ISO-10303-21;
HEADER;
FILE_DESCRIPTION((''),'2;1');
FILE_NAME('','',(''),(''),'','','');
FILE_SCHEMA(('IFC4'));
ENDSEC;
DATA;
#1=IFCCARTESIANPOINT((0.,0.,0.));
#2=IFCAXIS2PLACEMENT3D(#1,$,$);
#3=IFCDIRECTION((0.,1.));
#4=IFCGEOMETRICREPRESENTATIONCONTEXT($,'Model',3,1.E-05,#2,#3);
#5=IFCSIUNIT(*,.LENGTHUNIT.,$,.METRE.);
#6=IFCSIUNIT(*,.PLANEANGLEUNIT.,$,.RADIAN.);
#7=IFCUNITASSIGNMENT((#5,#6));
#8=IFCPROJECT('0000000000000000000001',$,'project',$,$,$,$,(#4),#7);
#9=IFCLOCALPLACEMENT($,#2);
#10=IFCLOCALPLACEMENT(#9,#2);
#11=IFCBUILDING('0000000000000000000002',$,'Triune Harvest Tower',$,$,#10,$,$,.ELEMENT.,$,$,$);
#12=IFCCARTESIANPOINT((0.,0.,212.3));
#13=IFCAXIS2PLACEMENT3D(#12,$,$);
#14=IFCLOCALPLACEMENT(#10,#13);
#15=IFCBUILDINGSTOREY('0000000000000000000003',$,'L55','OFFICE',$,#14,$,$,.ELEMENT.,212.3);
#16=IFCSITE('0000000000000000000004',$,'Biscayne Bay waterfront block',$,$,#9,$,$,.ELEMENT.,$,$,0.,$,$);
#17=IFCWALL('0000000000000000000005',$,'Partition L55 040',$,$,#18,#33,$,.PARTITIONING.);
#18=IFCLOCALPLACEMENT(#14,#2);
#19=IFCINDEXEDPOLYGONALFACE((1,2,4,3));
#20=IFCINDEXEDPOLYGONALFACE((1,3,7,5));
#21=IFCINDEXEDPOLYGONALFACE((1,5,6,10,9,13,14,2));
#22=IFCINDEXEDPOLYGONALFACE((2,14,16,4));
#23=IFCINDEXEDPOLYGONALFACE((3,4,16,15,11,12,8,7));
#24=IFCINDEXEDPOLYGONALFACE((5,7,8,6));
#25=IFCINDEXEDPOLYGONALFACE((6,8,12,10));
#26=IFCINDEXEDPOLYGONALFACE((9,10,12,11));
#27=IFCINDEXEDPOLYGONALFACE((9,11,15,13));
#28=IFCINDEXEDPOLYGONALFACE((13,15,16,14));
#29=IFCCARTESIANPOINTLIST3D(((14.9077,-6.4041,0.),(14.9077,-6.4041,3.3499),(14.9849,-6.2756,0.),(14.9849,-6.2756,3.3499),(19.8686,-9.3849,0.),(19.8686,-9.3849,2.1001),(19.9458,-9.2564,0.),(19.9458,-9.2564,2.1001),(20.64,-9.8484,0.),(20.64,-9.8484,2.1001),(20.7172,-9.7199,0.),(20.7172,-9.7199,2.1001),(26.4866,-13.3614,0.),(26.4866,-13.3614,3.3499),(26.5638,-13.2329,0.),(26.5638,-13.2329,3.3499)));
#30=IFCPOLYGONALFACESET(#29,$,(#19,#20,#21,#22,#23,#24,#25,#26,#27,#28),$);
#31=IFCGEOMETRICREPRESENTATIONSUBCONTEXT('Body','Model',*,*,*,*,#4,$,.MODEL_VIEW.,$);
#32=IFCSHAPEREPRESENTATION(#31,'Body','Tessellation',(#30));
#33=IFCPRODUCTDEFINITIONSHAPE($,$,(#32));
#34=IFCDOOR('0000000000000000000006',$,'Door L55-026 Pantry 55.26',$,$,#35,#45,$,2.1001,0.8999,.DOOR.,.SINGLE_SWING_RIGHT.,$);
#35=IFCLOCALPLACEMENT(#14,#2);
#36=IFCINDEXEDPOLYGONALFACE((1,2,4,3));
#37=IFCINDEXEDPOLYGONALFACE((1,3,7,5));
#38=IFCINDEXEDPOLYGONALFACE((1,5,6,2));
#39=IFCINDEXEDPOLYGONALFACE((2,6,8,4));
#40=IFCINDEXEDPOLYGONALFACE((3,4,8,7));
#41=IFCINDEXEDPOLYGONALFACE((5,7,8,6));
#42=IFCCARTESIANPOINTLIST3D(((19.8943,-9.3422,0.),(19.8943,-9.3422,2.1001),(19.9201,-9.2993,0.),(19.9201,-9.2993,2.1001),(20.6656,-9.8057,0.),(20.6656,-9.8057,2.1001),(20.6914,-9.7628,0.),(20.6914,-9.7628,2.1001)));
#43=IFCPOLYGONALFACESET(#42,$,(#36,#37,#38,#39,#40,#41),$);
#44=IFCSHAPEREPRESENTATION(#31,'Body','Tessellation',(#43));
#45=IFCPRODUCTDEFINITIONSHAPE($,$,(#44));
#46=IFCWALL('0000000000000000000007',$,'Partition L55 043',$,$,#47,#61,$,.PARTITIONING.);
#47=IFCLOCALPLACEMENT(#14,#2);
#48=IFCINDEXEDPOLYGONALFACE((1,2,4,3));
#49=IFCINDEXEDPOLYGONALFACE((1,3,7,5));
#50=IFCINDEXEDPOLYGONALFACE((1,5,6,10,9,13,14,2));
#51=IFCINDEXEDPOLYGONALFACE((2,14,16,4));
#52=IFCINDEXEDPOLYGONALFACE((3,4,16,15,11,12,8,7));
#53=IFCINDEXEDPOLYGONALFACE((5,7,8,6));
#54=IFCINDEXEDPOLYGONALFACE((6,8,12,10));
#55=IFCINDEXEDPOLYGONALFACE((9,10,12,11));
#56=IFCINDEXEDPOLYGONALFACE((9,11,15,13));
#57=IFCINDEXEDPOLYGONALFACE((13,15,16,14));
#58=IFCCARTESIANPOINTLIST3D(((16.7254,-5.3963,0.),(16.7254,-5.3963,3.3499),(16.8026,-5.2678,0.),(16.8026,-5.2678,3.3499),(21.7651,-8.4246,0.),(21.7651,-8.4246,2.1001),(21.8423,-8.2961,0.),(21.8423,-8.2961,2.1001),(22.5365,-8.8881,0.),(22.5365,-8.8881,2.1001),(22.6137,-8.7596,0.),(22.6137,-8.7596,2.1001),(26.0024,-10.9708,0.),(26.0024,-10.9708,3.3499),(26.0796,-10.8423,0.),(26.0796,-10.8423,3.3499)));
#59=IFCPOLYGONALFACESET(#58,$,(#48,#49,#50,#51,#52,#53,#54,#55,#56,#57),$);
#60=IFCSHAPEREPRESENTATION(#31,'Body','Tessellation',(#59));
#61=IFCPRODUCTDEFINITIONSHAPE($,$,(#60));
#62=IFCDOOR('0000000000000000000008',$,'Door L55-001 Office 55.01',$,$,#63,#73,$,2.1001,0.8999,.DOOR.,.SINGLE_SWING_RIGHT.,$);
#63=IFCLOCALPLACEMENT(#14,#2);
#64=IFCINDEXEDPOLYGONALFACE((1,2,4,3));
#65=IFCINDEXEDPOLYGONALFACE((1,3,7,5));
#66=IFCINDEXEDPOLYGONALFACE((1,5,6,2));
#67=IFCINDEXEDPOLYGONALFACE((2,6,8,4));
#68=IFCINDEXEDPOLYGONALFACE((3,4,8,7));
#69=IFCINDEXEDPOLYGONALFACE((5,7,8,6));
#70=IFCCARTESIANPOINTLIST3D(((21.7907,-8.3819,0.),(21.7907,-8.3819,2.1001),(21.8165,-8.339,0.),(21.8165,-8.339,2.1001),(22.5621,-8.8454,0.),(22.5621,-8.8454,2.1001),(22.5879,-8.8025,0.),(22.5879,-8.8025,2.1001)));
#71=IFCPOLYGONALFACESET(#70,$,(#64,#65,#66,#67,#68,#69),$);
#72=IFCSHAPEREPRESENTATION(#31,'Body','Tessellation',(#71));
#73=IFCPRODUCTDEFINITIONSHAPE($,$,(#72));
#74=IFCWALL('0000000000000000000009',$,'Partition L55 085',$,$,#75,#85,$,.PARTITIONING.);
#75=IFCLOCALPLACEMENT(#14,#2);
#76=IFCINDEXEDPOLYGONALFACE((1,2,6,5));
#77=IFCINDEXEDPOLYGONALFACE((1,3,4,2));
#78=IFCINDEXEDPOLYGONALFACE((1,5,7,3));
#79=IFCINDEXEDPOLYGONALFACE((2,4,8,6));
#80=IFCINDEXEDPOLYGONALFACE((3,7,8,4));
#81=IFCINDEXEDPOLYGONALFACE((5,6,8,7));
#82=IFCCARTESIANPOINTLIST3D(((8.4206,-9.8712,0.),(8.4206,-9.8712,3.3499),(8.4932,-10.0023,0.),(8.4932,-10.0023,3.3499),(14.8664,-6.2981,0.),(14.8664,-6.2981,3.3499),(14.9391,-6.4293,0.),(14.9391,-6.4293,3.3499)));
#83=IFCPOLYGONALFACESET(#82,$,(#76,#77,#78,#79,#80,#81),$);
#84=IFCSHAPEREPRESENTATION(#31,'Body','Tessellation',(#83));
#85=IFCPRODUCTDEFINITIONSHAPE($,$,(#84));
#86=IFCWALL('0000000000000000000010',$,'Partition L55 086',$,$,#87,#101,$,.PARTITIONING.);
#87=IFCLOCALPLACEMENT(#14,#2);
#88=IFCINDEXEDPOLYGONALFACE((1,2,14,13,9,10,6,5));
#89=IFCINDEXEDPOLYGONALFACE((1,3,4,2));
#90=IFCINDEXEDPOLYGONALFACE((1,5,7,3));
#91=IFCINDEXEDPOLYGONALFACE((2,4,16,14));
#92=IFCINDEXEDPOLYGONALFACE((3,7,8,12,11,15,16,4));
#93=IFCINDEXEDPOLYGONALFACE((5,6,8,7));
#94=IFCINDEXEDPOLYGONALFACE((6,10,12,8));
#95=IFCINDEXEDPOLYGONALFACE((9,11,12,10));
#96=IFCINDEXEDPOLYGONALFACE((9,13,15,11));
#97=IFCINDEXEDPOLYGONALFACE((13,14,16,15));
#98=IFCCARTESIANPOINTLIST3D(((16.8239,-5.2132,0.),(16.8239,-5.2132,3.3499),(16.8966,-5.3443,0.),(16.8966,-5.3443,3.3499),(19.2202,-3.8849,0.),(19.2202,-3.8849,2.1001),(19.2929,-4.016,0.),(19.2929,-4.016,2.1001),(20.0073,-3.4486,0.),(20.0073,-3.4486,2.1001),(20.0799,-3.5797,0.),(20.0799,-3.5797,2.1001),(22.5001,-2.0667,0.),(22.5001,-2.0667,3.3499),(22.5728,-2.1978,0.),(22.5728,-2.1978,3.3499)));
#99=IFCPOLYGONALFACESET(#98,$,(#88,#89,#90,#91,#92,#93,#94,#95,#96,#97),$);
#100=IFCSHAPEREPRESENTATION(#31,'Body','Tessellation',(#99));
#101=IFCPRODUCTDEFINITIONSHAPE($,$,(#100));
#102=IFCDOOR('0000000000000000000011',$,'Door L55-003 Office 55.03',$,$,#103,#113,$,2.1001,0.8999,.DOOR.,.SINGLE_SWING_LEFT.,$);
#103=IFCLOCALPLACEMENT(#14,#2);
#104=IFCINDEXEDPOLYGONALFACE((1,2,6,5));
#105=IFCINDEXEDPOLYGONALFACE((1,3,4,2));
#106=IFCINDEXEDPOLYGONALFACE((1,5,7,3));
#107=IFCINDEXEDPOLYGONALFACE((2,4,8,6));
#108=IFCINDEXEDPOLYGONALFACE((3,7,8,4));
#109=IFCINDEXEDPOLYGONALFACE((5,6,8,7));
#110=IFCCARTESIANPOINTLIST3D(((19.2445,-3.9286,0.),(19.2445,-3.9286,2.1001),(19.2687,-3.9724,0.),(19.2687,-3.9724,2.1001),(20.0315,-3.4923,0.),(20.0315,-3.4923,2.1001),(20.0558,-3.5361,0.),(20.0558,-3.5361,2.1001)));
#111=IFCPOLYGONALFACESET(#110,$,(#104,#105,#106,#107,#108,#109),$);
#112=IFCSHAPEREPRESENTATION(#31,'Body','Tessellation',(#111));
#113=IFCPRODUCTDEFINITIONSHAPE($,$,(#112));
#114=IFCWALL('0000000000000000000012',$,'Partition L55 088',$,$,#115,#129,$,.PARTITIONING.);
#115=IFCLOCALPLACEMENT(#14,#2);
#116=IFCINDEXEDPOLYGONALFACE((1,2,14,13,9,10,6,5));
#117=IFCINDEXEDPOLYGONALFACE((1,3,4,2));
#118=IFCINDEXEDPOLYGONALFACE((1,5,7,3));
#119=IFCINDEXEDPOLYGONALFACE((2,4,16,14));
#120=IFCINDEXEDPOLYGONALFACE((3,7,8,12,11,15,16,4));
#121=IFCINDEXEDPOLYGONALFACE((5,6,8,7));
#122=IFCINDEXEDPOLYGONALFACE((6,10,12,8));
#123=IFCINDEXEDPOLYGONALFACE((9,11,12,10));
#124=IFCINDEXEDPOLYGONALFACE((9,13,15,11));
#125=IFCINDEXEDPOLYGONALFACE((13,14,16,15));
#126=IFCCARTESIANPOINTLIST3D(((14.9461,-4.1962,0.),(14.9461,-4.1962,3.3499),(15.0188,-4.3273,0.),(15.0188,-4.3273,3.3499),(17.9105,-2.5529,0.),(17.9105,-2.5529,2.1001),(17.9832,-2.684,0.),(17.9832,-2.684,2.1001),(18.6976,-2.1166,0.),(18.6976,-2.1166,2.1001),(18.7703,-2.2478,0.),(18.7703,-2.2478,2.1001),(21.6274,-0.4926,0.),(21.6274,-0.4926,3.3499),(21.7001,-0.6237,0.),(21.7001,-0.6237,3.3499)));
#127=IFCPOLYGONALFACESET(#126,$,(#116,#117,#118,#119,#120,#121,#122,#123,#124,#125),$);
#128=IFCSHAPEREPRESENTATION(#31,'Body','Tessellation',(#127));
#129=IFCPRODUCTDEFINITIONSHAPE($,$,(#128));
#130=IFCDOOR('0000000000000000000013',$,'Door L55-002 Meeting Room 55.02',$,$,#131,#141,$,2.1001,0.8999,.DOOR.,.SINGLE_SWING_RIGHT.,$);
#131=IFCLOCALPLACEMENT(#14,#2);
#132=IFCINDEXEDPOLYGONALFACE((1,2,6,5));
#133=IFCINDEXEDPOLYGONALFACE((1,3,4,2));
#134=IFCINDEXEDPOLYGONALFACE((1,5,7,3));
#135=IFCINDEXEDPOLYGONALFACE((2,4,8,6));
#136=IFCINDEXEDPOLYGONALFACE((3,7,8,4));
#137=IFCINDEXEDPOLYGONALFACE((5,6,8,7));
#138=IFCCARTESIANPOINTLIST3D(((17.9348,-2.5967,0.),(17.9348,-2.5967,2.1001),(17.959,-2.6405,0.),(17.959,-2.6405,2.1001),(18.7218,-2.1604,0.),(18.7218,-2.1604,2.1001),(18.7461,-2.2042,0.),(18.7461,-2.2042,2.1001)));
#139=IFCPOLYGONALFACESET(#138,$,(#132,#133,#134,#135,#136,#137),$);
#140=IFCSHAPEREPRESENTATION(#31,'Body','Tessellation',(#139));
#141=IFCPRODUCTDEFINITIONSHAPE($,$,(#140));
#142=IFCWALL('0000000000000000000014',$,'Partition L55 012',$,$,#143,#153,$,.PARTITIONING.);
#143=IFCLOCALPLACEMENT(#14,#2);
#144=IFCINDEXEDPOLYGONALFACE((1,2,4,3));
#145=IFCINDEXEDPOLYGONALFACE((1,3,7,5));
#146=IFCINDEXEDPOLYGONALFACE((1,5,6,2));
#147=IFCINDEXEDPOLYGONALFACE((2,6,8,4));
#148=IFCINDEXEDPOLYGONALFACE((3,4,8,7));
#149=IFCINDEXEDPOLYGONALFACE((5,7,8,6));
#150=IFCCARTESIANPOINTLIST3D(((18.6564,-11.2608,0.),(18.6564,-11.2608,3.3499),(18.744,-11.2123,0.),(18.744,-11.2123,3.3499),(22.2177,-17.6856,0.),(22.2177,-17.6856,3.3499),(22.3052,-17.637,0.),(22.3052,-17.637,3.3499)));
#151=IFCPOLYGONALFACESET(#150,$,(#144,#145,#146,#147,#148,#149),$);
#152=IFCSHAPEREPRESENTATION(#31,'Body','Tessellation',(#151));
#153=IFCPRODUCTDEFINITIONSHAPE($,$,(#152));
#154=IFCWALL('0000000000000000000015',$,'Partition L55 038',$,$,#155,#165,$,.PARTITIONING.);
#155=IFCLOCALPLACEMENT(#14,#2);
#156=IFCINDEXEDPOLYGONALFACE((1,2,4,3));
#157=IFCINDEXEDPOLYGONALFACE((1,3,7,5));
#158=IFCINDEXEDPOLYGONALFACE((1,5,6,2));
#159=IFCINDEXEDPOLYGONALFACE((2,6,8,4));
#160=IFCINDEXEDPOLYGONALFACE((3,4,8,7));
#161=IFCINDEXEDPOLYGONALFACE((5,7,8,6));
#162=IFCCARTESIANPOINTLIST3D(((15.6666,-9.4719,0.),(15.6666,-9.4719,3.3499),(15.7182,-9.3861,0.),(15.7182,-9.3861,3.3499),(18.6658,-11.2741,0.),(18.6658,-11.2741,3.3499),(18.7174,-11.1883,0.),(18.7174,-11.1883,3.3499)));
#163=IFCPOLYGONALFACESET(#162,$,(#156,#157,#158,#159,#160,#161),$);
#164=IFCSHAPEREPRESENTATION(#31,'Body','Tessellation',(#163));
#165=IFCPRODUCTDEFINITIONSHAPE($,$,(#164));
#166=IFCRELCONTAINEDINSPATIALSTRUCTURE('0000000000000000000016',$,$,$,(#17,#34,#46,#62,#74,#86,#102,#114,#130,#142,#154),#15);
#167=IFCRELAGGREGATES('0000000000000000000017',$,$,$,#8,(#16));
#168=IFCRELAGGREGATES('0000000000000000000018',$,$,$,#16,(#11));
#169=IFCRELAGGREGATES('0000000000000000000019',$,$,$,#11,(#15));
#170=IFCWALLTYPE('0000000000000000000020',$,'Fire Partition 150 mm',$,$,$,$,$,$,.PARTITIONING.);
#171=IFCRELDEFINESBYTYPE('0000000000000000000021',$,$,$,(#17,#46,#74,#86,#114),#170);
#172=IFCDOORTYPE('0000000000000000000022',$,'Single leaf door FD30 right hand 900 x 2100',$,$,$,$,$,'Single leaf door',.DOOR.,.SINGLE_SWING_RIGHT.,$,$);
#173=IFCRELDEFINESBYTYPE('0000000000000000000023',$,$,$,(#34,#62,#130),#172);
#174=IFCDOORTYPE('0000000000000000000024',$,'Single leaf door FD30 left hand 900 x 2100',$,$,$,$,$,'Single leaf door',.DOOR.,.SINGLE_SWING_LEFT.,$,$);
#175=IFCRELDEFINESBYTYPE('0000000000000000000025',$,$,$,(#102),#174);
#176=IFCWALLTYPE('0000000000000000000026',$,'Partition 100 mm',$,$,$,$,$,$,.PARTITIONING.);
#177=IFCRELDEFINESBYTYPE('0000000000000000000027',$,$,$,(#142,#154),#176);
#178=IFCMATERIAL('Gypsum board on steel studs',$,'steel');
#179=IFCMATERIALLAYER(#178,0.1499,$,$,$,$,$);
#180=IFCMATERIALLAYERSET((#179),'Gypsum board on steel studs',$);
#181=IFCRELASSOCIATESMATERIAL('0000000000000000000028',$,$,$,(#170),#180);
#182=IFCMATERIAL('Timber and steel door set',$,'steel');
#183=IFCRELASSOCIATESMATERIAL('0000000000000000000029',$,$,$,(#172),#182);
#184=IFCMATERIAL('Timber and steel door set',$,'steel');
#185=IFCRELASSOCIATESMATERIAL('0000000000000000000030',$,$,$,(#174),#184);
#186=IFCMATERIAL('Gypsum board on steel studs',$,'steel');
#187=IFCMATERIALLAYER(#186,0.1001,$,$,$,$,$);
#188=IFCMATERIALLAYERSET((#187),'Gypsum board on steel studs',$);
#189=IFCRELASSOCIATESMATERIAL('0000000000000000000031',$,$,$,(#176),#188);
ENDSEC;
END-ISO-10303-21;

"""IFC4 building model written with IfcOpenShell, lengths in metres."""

from ifc_helpers import new_model, si_unit, direction, frame, frame_2d, origin, place, context, subcontext, project, spatial, rectangle, extrude, material, layer, layer_set, type_object, element, fill, save


model = new_model("IFC4")

# Units and contexts
model_context = context("Model", 3, precision=1e-05, world=origin(), true_north=direction((0.0, 1.0)))
body_context = subcontext(model_context, "Body", "Model", "MODEL_VIEW")
ifc_project = project(units=[si_unit("LENGTHUNIT", "METRE"), si_unit("PLANEANGLEUNIT", "RADIAN")], contexts=[model_context])

# Site, building, storey
site_placement = place(None, origin())
site = spatial("IfcSite", under=ifc_project, at=site_placement, Name="Biscayne Bay waterfront block", CompositionType="ELEMENT", RefElevation=0.0)
building_placement = place(site_placement, origin())
building = spatial("IfcBuilding", under=site, at=building_placement, Name="Triune Harvest Tower", CompositionType="ELEMENT")
storey_placement = place(building_placement, frame((0.0, 0.0, 212.3)))
storey = spatial("IfcBuildingStorey", under=building, at=storey_placement, Name="L55", Description="OFFICE", CompositionType="ELEMENT", Elevation=212.3)

# Walls, openings, doors
ifc_material_1 = material(Name="Gypsum board on steel studs", Category="steel")
ifc_layer_1 = layer(ifc_material_1, 0.1499)
ifc_layer_set_1 = layer_set([ifc_layer_1], Name="Gypsum board on steel studs")
wall_type_1 = type_object("IfcWallType", Name="Fire Partition 150 mm", PredefinedType="PARTITIONING", material=ifc_layer_set_1)
wall_1_placement = place(storey_placement, frame((14.9463, -6.3398, 0.0), z_axis=(0.0, 0.0, 1.0), x_axis=(0.857167, -0.515038, 0.0)))
wall_1 = element("IfcWall", 1, at=wall_1_placement, inside=storey, type_object=wall_type_1, Name="Partition L55 040", PredefinedType="PARTITIONING", context=body_context, shape_type="SweptSolid", body=[
    extrude(rectangle(XDim=13.5083, YDim=0.1499, at=frame_2d((6.7542, 0.0))), origin(), (0.0, 0.0, 1.0), 3.3499),
])
opening_1_placement = place(wall_1_placement, frame((5.7876, 0.0, 0.0)))
opening_1 = element("IfcOpeningElement", 2, at=opening_1_placement, cuts=wall_1, PredefinedType="OPENING", context=body_context, shape_type="SweptSolid", body=[
    extrude(rectangle(XDim=0.8999, YDim=2.1001, at=frame_2d((0.45, 1.05))), frame((0.0, 0.085, 0.0), z_axis=(0.0, -1.0, 0.0), x_axis=(1.0, 0.0, 0.0)), (0.0, 0.0, 1.0), 0.1699),
])
ifc_material_2 = material(Name="Timber and steel door set", Category="steel")
door_type_1 = type_object("IfcDoorType", Name="Single leaf door FD30 right hand 900 x 2100", ElementType="Single leaf door", OperationType="SINGLE_SWING_RIGHT", PredefinedType="DOOR", material=ifc_material_2)
door_1_placement = place(opening_1_placement, origin())
door_1 = element("IfcDoor", 3, at=door_1_placement, inside=storey, type_object=door_type_1, Name="Door L55-026 Pantry 55.26", OperationType="SINGLE_SWING_RIGHT", OverallHeight=2.1001, OverallWidth=0.8999, PredefinedType="DOOR", context=body_context, shape_type="SweptSolid", body=[
    extrude(rectangle(XDim=0.8999, YDim=2.1001, at=frame_2d((0.45, 1.05))), frame((0.0, 0.0249, 0.0), z_axis=(0.0, -1.0, 0.0), x_axis=(1.0, 0.0, 0.0)), (0.0, 0.0, 1.0), 0.05),
])
fill(opening_1, door_1)
wall_2_placement = place(storey_placement, frame((16.7639, -5.332, 0.0), z_axis=(0.0, 0.0, 1.0), x_axis=(0.857158, -0.515053, 0.0)))
wall_2 = element("IfcWall", 4, at=wall_2_placement, inside=storey, type_object=wall_type_1, Name="Partition L55 043", PredefinedType="PARTITIONING", context=body_context, shape_type="SweptSolid", body=[
    extrude(rectangle(XDim=10.823, YDim=0.1499, at=frame_2d((5.4116, 0.0))), origin(), (0.0, 0.0, 1.0), 3.3499),
])
opening_2_placement = place(wall_2_placement, frame((5.8796, 0.0, 0.0)))
opening_2 = element("IfcOpeningElement", 5, at=opening_2_placement, cuts=wall_2, PredefinedType="OPENING", context=body_context, shape_type="SweptSolid", body=[
    extrude(rectangle(XDim=0.8999, YDim=2.1001, at=frame_2d((0.45, 1.05))), frame((0.0, 0.085, 0.0), z_axis=(0.0, -1.0, 0.0), x_axis=(1.0, 0.0, 0.0)), (0.0, 0.0, 1.0), 0.1699),
])
door_2_placement = place(opening_2_placement, origin())
door_2 = element("IfcDoor", 6, at=door_2_placement, inside=storey, type_object=door_type_1, Name="Door L55-001 Office 55.01", OperationType="SINGLE_SWING_RIGHT", OverallHeight=2.1001, OverallWidth=0.8999, PredefinedType="DOOR", context=body_context, shape_type="SweptSolid", body=[
    extrude(rectangle(XDim=0.8999, YDim=2.1001, at=frame_2d((0.45, 1.05))), frame((0.0, 0.0249, 0.0), z_axis=(0.0, -1.0, 0.0), x_axis=(1.0, 0.0, 0.0)), (0.0, 0.0, 1.0), 0.05),
])
fill(opening_2, door_2)

# Wall
wall_3_placement = place(storey_placement, frame((8.4568, -9.9368, 0.0), z_axis=(0.0, 0.0, 1.0), x_axis=(0.874618, 0.484813, 0.0)))
element("IfcWall", 7, at=wall_3_placement, inside=storey, type_object=wall_type_1, Name="Partition L55 085", PredefinedType="PARTITIONING", context=body_context, shape_type="SweptSolid", body=[
    extrude(rectangle(XDim=7.3699, YDim=0.1499, at=frame_2d((3.6851, 0.0))), origin(), (0.0, 0.0, 1.0), 3.3499),
])

# Walls, openings, doors
wall_4_placement = place(storey_placement, frame((16.8601, -5.2788, 0.0), z_axis=(0.0, 0.0, 1.0), x_axis=(0.874615, 0.484819, 0.0)))
wall_4 = element("IfcWall", 8, at=wall_4_placement, inside=storey, type_object=wall_type_1, Name="Partition L55 086", PredefinedType="PARTITIONING", context=body_context, shape_type="SweptSolid", body=[
    extrude(rectangle(XDim=6.49, YDim=0.1499, at=frame_2d((3.2451, 0.0))), origin(), (0.0, 0.0, 1.0), 3.3499),
])
opening_3_placement = place(wall_4_placement, frame((2.74, 0.0, 0.0)))
opening_3 = element("IfcOpeningElement", 9, at=opening_3_placement, cuts=wall_4, PredefinedType="OPENING", context=body_context, shape_type="SweptSolid", body=[
    extrude(rectangle(XDim=0.8999, YDim=2.1001, at=frame_2d((0.45, 1.05))), frame((0.0, 0.085, 0.0), z_axis=(0.0, -1.0, 0.0), x_axis=(1.0, 0.0, 0.0)), (0.0, 0.0, 1.0), 0.1699),
])
ifc_material_3 = material(Name="Timber and steel door set", Category="steel")
door_type_2 = type_object("IfcDoorType", Name="Single leaf door FD30 left hand 900 x 2100", ElementType="Single leaf door", OperationType="SINGLE_SWING_LEFT", PredefinedType="DOOR", material=ifc_material_3)
door_3_placement = place(opening_3_placement, origin())
door_3 = element("IfcDoor", 10, at=door_3_placement, inside=storey, type_object=door_type_2, Name="Door L55-003 Office 55.03", OperationType="SINGLE_SWING_LEFT", OverallHeight=2.1001, OverallWidth=0.8999, PredefinedType="DOOR", context=body_context, shape_type="SweptSolid", body=[
    extrude(rectangle(XDim=0.8999, YDim=2.1001, at=frame_2d((0.45, 1.05))), frame((0.0, 0.0249, 0.0), z_axis=(0.0, -1.0, 0.0), x_axis=(1.0, 0.0, 0.0)), (0.0, 0.0, 1.0), 0.05),
])
fill(opening_3, door_3)
wall_5_placement = place(storey_placement, frame((14.9824, -4.2617, 0.0), z_axis=(0.0, 0.0, 1.0), x_axis=(0.874617, 0.484815, 0.0)))
wall_5 = element("IfcWall", 11, at=wall_5_placement, inside=storey, type_object=wall_type_1, Name="Partition L55 088", PredefinedType="PARTITIONING", context=body_context, shape_type="SweptSolid", body=[
    extrude(rectangle(XDim=7.6392, YDim=0.1499, at=frame_2d((3.8196, 0.0))), origin(), (0.0, 0.0, 1.0), 3.3499),
])
opening_4_placement = place(wall_5_placement, frame((3.3894, 0.0, 0.0)))
opening_4 = element("IfcOpeningElement", 12, at=opening_4_placement, cuts=wall_5, PredefinedType="OPENING", context=body_context, shape_type="SweptSolid", body=[
    extrude(rectangle(XDim=0.8999, YDim=2.1001, at=frame_2d((0.45, 1.05))), frame((0.0, 0.085, 0.0), z_axis=(0.0, -1.0, 0.0), x_axis=(1.0, 0.0, 0.0)), (0.0, 0.0, 1.0), 0.1699),
])
door_4_placement = place(opening_4_placement, origin())
door_4 = element("IfcDoor", 13, at=door_4_placement, inside=storey, type_object=door_type_1, Name="Door L55-002 Meeting Room 55.02", OperationType="SINGLE_SWING_RIGHT", OverallHeight=2.1001, OverallWidth=0.8999, PredefinedType="DOOR", context=body_context, shape_type="SweptSolid", body=[
    extrude(rectangle(XDim=0.8999, YDim=2.1001, at=frame_2d((0.45, 1.05))), frame((0.0, 0.0249, 0.0), z_axis=(0.0, -1.0, 0.0), x_axis=(1.0, 0.0, 0.0)), (0.0, 0.0, 1.0), 0.05),
])
fill(opening_4, door_4)

# Walls
ifc_material_4 = material(Name="Gypsum board on steel studs", Category="steel")
ifc_layer_2 = layer(ifc_material_4, 0.1001)
ifc_layer_set_2 = layer_set([ifc_layer_2], Name="Gypsum board on steel studs")
wall_type_2 = type_object("IfcWallType", Name="Partition 100 mm", PredefinedType="PARTITIONING", material=ifc_layer_set_2)
wall_6_placement = place(storey_placement, frame((18.7002, -11.2366, 0.0), z_axis=(0.0, 0.0, 1.0), x_axis=(0.484805, -0.874622, 0.0)))
element("IfcWall", 14, at=wall_6_placement, inside=storey, type_object=wall_type_2, Name="Partition L55 012", PredefinedType="PARTITIONING", context=body_context, shape_type="SweptSolid", body=[
    extrude(rectangle(XDim=7.3457, YDim=0.1001, at=frame_2d((3.6729, 0.0))), origin(), (0.0, 0.0, 1.0), 3.3499),
])
wall_7_placement = place(storey_placement, frame((15.6924, -9.429, 0.0), z_axis=(0.0, 0.0, 1.0), x_axis=(0.857154, -0.51506, 0.0)))
element("IfcWall", 15, at=wall_7_placement, inside=storey, type_object=wall_type_2, Name="Partition L55 038", PredefinedType="PARTITIONING", context=body_context, shape_type="SweptSolid", body=[
    extrude(rectangle(XDim=3.499, YDim=0.1001, at=frame_2d((1.7495, 0.0))), origin(), (0.0, 0.0, 1.0), 3.3499),
])

save(model, "model.ifc")
